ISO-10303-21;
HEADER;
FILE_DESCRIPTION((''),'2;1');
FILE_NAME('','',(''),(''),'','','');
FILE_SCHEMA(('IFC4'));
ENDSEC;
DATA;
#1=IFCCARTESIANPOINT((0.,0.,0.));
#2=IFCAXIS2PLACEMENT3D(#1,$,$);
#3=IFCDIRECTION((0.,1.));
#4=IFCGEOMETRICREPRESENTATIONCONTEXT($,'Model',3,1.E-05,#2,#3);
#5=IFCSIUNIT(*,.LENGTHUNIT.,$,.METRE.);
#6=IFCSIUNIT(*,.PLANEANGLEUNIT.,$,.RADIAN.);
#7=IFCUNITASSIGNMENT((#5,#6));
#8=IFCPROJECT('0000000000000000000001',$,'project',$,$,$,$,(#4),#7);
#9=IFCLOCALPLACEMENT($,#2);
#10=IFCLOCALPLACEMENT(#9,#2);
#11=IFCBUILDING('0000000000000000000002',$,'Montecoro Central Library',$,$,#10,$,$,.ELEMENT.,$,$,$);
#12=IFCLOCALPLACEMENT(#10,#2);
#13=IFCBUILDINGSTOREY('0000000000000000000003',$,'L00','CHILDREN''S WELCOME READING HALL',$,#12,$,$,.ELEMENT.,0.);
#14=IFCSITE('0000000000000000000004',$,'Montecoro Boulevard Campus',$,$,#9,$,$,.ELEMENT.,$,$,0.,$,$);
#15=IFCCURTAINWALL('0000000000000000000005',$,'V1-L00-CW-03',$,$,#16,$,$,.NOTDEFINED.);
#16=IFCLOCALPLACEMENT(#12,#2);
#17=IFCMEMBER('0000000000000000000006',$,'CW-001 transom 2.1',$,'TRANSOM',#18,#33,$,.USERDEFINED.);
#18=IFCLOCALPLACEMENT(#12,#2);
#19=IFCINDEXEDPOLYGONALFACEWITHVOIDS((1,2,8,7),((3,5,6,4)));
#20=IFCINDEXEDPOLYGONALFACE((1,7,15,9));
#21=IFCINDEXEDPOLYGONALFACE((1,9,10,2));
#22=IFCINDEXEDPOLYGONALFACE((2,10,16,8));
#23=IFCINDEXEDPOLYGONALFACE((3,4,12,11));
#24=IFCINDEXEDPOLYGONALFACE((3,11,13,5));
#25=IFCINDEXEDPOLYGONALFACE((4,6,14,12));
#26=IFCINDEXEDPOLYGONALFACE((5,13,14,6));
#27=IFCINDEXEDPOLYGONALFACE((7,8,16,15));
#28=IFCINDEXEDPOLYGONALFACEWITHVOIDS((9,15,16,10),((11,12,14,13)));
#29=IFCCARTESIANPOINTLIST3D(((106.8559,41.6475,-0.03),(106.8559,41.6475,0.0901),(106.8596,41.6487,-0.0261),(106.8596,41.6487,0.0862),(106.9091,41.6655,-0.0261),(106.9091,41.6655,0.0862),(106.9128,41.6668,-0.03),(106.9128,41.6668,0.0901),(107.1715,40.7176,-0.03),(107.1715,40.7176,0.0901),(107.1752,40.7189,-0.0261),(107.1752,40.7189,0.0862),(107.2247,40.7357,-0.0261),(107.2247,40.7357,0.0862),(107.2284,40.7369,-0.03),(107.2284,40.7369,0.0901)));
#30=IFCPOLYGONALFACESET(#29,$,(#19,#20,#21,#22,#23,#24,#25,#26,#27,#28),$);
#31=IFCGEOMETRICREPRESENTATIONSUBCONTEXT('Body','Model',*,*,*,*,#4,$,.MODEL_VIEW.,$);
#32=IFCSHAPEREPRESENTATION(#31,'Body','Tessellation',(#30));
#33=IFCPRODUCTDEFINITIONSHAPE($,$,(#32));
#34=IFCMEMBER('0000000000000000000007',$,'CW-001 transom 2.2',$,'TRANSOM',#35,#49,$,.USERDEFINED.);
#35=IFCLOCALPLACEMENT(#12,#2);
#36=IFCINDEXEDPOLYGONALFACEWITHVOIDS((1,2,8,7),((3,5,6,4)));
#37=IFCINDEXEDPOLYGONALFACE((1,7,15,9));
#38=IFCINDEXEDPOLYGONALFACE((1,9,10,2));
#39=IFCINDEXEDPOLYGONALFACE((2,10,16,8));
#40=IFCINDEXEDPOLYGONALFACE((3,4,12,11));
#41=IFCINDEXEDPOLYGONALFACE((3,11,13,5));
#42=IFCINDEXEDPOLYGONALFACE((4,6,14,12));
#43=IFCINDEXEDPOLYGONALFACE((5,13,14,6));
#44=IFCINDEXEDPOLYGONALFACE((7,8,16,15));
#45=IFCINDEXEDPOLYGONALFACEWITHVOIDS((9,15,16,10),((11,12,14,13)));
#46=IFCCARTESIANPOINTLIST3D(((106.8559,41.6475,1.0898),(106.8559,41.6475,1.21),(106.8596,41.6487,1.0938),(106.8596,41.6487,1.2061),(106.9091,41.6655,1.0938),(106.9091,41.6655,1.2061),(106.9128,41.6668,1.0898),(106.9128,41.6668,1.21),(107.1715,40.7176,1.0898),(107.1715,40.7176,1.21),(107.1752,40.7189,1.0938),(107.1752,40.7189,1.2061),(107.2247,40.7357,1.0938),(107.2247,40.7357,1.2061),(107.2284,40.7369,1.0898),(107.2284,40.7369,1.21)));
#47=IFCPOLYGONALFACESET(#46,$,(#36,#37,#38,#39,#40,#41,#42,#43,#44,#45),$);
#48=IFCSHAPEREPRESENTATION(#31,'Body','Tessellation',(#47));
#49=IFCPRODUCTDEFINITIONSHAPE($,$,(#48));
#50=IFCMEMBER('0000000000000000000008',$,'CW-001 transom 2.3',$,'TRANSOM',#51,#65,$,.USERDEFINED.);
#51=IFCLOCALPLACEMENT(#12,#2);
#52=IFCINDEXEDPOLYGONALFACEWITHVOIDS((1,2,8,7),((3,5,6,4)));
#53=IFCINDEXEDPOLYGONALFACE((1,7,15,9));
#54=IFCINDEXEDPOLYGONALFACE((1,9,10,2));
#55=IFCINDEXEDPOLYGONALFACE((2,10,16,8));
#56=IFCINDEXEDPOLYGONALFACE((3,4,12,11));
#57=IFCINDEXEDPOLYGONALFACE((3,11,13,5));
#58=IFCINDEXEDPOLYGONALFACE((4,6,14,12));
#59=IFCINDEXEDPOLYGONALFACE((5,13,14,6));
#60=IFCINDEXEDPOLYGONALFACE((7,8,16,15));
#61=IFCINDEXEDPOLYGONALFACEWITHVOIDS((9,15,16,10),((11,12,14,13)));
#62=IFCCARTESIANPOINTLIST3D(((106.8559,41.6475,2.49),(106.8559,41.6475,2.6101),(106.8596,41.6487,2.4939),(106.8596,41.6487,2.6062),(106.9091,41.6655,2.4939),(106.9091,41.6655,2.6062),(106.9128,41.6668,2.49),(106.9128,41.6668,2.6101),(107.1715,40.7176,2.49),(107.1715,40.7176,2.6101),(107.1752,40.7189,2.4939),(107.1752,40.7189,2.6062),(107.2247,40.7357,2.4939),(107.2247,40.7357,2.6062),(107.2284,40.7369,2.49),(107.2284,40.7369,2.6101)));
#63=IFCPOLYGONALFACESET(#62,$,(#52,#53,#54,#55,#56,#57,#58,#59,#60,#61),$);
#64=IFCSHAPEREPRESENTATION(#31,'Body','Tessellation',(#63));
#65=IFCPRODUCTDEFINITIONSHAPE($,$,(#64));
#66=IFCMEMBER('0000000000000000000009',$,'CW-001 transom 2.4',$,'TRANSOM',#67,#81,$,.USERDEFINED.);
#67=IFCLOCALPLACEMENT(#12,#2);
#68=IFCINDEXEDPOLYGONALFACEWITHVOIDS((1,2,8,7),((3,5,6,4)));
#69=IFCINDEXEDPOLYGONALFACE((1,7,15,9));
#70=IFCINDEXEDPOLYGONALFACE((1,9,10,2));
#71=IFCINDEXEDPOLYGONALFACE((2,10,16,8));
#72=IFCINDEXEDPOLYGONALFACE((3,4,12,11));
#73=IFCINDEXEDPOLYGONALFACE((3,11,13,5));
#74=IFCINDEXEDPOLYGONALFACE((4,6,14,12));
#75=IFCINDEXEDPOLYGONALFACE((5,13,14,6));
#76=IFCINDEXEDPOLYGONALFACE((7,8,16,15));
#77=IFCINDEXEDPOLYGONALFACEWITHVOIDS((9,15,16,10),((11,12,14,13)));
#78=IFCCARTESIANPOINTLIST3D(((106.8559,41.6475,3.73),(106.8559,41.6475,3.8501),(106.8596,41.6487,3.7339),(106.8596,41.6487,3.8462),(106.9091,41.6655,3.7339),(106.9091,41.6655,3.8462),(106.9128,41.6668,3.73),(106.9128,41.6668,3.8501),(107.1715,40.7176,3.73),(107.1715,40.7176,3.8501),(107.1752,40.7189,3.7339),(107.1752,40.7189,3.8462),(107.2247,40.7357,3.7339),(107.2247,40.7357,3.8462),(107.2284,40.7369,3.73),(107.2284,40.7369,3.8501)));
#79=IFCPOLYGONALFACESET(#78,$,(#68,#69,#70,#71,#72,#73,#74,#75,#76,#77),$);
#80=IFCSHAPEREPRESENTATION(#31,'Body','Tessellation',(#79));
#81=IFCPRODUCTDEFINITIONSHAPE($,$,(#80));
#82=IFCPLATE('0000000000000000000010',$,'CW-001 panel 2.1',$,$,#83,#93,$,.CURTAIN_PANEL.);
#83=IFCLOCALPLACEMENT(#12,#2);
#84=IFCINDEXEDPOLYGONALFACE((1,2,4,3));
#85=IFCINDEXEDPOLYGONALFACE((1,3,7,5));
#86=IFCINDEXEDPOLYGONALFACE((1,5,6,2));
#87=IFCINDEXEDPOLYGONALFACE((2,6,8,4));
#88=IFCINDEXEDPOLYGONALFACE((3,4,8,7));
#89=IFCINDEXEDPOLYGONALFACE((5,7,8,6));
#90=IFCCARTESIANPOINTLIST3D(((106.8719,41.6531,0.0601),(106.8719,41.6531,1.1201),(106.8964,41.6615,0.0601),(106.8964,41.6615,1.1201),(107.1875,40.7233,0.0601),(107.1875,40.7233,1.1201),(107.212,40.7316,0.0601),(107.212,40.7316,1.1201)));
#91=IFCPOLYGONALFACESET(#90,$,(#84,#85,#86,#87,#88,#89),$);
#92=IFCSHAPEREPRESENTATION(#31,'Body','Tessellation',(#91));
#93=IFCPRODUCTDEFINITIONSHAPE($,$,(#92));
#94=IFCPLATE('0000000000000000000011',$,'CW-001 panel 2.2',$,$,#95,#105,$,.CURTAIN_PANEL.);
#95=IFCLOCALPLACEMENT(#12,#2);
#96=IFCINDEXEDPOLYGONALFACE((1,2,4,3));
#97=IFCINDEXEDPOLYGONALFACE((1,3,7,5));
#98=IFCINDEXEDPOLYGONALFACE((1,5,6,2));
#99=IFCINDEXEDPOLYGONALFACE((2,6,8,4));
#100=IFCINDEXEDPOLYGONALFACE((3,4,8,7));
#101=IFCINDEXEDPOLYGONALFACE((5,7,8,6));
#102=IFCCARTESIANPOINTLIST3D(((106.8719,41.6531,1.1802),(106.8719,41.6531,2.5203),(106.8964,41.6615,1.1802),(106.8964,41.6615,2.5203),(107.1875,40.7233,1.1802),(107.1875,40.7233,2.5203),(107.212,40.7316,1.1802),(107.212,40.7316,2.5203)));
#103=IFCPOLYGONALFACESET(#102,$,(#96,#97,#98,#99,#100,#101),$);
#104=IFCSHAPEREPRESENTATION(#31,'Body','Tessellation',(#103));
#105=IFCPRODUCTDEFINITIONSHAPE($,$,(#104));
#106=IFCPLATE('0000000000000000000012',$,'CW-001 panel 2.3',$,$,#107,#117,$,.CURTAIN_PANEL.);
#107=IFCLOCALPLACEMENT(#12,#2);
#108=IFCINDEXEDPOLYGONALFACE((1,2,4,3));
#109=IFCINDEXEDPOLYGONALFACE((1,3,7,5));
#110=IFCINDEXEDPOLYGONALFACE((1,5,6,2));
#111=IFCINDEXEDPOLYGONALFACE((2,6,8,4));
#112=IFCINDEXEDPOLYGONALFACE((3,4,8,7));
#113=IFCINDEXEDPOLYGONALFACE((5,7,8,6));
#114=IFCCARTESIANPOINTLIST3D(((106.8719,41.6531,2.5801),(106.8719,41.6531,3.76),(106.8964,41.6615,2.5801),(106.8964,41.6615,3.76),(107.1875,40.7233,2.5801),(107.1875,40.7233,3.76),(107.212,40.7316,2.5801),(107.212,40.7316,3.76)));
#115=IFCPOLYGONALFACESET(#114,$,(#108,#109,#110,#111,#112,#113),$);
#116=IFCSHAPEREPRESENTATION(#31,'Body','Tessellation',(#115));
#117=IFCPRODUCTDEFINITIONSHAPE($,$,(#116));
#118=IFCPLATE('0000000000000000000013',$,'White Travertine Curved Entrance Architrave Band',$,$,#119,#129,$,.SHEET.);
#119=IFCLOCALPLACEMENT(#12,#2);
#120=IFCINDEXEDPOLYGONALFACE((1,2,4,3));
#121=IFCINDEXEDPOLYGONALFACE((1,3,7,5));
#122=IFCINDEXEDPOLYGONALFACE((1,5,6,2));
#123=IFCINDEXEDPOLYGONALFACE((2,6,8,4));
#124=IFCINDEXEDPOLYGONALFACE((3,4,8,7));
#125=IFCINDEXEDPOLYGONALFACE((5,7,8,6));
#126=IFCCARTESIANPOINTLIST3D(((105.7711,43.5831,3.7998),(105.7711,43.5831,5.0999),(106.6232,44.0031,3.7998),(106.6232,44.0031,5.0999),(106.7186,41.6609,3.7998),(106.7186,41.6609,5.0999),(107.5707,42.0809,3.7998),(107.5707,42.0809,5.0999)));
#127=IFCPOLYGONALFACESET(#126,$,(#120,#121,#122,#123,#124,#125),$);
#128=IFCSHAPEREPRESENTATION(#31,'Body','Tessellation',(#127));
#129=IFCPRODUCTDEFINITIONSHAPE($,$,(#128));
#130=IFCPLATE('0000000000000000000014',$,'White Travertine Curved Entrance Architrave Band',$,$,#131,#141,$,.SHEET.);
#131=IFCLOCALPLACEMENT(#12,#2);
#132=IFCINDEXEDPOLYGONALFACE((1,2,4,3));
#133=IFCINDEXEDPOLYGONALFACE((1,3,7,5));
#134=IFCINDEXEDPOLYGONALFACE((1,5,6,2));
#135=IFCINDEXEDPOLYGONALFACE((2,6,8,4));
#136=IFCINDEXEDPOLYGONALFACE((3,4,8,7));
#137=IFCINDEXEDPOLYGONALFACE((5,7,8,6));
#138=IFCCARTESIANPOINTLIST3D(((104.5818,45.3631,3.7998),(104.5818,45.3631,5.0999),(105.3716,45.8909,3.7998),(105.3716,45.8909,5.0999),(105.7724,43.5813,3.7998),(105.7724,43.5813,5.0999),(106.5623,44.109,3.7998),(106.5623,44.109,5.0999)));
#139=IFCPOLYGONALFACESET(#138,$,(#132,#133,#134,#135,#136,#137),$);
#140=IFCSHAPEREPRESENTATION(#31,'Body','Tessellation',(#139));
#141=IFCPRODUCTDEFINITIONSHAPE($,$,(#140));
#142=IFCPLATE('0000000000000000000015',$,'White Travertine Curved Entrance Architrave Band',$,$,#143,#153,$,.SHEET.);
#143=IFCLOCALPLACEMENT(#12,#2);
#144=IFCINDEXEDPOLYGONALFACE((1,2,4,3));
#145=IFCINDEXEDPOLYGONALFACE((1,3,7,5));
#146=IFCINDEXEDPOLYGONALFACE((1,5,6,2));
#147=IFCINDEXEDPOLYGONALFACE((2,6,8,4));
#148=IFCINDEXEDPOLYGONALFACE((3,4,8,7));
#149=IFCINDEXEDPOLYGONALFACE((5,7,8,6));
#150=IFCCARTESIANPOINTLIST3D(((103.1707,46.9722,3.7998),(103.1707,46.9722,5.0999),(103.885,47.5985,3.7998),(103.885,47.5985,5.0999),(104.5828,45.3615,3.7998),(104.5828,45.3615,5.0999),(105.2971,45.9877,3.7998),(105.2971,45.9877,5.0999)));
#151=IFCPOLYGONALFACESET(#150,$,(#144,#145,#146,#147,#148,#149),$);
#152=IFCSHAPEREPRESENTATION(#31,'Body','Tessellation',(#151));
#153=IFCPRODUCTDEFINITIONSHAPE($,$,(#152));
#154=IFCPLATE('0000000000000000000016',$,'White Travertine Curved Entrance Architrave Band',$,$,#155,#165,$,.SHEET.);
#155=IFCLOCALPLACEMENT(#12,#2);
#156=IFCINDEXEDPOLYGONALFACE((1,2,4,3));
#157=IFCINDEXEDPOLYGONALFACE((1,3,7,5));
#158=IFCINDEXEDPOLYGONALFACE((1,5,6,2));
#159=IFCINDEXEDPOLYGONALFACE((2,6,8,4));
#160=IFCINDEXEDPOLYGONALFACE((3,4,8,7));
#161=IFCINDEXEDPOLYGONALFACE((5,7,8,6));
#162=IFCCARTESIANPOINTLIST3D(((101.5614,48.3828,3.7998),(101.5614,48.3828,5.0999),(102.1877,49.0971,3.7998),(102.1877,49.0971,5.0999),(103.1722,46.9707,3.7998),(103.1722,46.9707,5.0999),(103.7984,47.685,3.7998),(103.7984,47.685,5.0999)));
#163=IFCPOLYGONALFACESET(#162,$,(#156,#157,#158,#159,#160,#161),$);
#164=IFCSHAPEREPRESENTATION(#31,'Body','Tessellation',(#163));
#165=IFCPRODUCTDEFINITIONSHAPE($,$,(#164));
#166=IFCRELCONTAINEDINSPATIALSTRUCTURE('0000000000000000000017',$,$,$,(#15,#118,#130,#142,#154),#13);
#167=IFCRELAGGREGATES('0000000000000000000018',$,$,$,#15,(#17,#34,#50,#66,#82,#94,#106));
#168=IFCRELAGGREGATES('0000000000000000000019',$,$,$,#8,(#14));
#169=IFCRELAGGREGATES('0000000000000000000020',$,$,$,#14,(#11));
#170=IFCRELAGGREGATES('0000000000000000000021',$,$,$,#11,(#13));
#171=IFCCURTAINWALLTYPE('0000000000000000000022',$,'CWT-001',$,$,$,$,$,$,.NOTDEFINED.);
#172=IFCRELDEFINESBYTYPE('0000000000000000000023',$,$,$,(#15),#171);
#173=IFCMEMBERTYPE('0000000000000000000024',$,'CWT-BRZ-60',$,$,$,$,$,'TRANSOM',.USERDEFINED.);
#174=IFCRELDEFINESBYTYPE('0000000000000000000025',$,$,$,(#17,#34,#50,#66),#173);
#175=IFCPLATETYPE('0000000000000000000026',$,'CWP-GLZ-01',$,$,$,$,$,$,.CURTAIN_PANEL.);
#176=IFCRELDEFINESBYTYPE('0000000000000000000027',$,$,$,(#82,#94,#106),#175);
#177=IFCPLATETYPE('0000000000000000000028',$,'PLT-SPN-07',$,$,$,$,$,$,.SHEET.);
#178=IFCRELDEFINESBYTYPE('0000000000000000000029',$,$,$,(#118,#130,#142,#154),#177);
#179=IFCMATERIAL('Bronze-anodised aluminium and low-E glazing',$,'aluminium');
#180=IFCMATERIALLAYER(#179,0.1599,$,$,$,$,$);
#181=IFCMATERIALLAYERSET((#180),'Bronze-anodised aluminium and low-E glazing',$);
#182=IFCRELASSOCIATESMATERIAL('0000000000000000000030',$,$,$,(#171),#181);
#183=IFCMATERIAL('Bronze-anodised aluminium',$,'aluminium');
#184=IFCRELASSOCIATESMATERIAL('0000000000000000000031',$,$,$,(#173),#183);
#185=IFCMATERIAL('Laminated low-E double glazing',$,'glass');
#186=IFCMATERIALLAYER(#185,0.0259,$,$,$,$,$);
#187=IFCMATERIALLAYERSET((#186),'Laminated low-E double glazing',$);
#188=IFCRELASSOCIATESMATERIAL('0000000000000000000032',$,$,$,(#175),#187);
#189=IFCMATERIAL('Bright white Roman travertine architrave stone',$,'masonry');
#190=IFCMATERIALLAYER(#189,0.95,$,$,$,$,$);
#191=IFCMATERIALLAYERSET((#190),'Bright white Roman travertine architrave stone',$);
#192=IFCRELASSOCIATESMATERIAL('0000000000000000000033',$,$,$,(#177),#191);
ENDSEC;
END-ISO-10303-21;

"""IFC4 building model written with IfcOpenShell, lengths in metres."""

from ifc_helpers import new_model, si_unit, direction, frame, origin, origin_2d, place, context, subcontext, project, spatial, rectangle, hollow_rectangle, extrude, material, layer, layer_set, material_profile, profile_set, type_object, element, aggregate, save


model = new_model("IFC4")

# Units and contexts
model_context = context("Model", 3, precision=1e-05, world=origin(), true_north=direction((0.0, 1.0)))
body_context = subcontext(model_context, "Body", "Model", "MODEL_VIEW")
ifc_project = project(units=[si_unit("LENGTHUNIT", "METRE"), si_unit("PLANEANGLEUNIT", "RADIAN")], contexts=[model_context])

# Site, building, storey
site_placement = place(None, origin())
site = spatial("IfcSite", under=ifc_project, at=site_placement, Name="Montecoro Boulevard Campus", CompositionType="ELEMENT", RefElevation=0.0)
building_placement = place(site_placement, origin())
building = spatial("IfcBuilding", under=site, at=building_placement, Name="Montecoro Central Library", CompositionType="ELEMENT")
storey_placement = place(building_placement, origin())
storey = spatial("IfcBuildingStorey", under=building, at=storey_placement, Name="L00", Description="CHILDREN'S WELCOME READING HALL", CompositionType="ELEMENT", Elevation=0.0)

# Curtain wall, members, plates
ifc_material_1 = material(Name="Bronze-anodised aluminium and low-E glazing", Category="aluminium")
ifc_layer_1 = layer(ifc_material_1, 0.1599)
ifc_layer_set_1 = layer_set([ifc_layer_1], Name="Bronze-anodised aluminium and low-E glazing")
curtain_wall_type = type_object("IfcCurtainWallType", Name="CWT-001", PredefinedType="NOTDEFINED", material=ifc_layer_set_1)
curtain_wall_placement = place(storey_placement, origin())
curtain_wall = element("IfcCurtainWall", 1, at=curtain_wall_placement, inside=storey, type_object=curtain_wall_type, Name="V1-L00-CW-03", PredefinedType="NOTDEFINED")
ifc_material_2 = material(Name="Bronze-anodised aluminium", Category="aluminium")
ifc_material_profile_1 = material_profile(ifc_material_2, hollow_rectangle(XDim=0.0601, YDim=0.1201, WallThickness=0.0039, at=origin_2d()), Name="CWT 120x60x4.0")
ifc_profile_set_1 = profile_set([ifc_material_profile_1], Name="Bronze-anodised aluminium")
member_type_1 = type_object("IfcMemberType", Name="CWT-BRZ-60", ElementType="TRANSOM", PredefinedType="USERDEFINED", material=ifc_profile_set_1)
member_1_placement = place(storey_placement, frame((107.2, 40.7273, 0.03), z_axis=(-0.321444, 0.946929, 0.0), x_axis=(-0.946929, -0.321444, 0.0)))
member_1 = element("IfcMember", 2, at=member_1_placement, type_object=member_type_1, Name="CW-001 transom 2.1", ObjectType="TRANSOM", PredefinedType="USERDEFINED", context=body_context, shape_type="SweptSolid", body=[
    extrude(hollow_rectangle(XDim=0.0601, YDim=0.1201, WallThickness=0.0039, at=origin_2d()), origin(), (0.0, 0.0, 1.0), 0.9819),
])
member_2_placement = place(storey_placement, frame((107.2, 40.7273, 1.1499), z_axis=(-0.321444, 0.946929, 0.0), x_axis=(-0.946929, -0.321444, 0.0)))
member_2 = element("IfcMember", 3, at=member_2_placement, type_object=member_type_1, Name="CW-001 transom 2.2", ObjectType="TRANSOM", PredefinedType="USERDEFINED", context=body_context, shape_type="SweptSolid", body=[
    extrude(hollow_rectangle(XDim=0.0601, YDim=0.1201, WallThickness=0.0039, at=origin_2d()), origin(), (0.0, 0.0, 1.0), 0.9819),
])
member_3_placement = place(storey_placement, frame((107.2, 40.7273, 2.55), z_axis=(-0.321444, 0.946929, 0.0), x_axis=(-0.946929, -0.321444, 0.0)))
member_3 = element("IfcMember", 4, at=member_3_placement, type_object=member_type_1, Name="CW-001 transom 2.3", ObjectType="TRANSOM", PredefinedType="USERDEFINED", context=body_context, shape_type="SweptSolid", body=[
    extrude(hollow_rectangle(XDim=0.0601, YDim=0.1201, WallThickness=0.0039, at=origin_2d()), origin(), (0.0, 0.0, 1.0), 0.9819),
])
member_4_placement = place(storey_placement, frame((107.2, 40.7273, 3.79), z_axis=(-0.321444, 0.946929, 0.0), x_axis=(-0.946929, -0.321444, 0.0)))
member_4 = element("IfcMember", 5, at=member_4_placement, type_object=member_type_1, Name="CW-001 transom 2.4", ObjectType="TRANSOM", PredefinedType="USERDEFINED", context=body_context, shape_type="SweptSolid", body=[
    extrude(hollow_rectangle(XDim=0.0601, YDim=0.1201, WallThickness=0.0039, at=origin_2d()), origin(), (0.0, 0.0, 1.0), 0.9819),
])
ifc_material_3 = material(Name="Laminated low-E double glazing", Category="glass")
ifc_layer_2 = layer(ifc_material_3, 0.0259)
ifc_layer_set_2 = layer_set([ifc_layer_2], Name="Laminated low-E double glazing")
plate_type_1 = type_object("IfcPlateType", Name="CWP-GLZ-01", PredefinedType="CURTAIN_PANEL", material=ifc_layer_set_2)
plate_1_placement = place(storey_placement, frame((107.042, 41.1924, 0.0601), z_axis=(0.0, 0.0, 1.0), x_axis=(-0.321401, 0.946943, 0.0)))
plate_1 = element("IfcPlate", 6, at=plate_1_placement, type_object=plate_type_1, Name="CW-001 panel 2.1", PredefinedType="CURTAIN_PANEL", context=body_context, shape_type="SweptSolid", body=[
    extrude(rectangle(XDim=0.9819, YDim=0.0259, at=origin_2d()), origin(), (0.0, 0.0, 1.0), 1.0601),
])
plate_2_placement = place(storey_placement, frame((107.042, 41.1924, 1.1802), z_axis=(0.0, 0.0, 1.0), x_axis=(-0.321401, 0.946943, 0.0)))
plate_2 = element("IfcPlate", 7, at=plate_2_placement, type_object=plate_type_1, Name="CW-001 panel 2.2", PredefinedType="CURTAIN_PANEL", context=body_context, shape_type="SweptSolid", body=[
    extrude(rectangle(XDim=0.9819, YDim=0.0259, at=origin_2d()), origin(), (0.0, 0.0, 1.0), 1.3401),
])
plate_3_placement = place(storey_placement, frame((107.042, 41.1924, 2.5801), z_axis=(0.0, 0.0, 1.0), x_axis=(-0.321401, 0.946943, 0.0)))
plate_3 = element("IfcPlate", 8, at=plate_3_placement, type_object=plate_type_1, Name="CW-001 panel 2.3", PredefinedType="CURTAIN_PANEL", context=body_context, shape_type="SweptSolid", body=[
    extrude(rectangle(XDim=0.9819, YDim=0.0259, at=origin_2d()), origin(), (0.0, 0.0, 1.0), 1.1799),
])
aggregate(curtain_wall, [member_1, member_2, member_3, member_4, plate_1, plate_2, plate_3])

# Plates
ifc_material_4 = material(Name="Bright white Roman travertine architrave stone", Category="masonry")
ifc_layer_3 = layer(ifc_material_4, 0.95)
ifc_layer_set_3 = layer_set([ifc_layer_3], Name="Bright white Roman travertine architrave stone")
plate_type_2 = type_object("IfcPlateType", Name="PLT-SPN-07", PredefinedType="SHEET", material=ifc_layer_set_3)
for number, where, z_axis, x_axis, name in (
    (9, (106.6709, 42.832, 3.7998), (0.0, 0.0, 1.0), (-0.442132, 0.89695, 0.0), "White Travertine Curved Entrance Architrave Band"),
    (10, (105.572, 44.7361, 3.7998), (0.0, 0.0, 1.0), (-0.55557, 0.83147, 0.0), "White Travertine Curved Entrance Architrave Band"),
):
    element("IfcPlate", number, at=place(storey_placement, frame(where, z_axis=z_axis, x_axis=x_axis)), inside=storey, type_object=plate_type_2, Name=name, PredefinedType="SHEET", context=body_context, shape_type="SweptSolid", body=[
        extrude(rectangle(XDim=2.1431, YDim=0.95, at=origin_2d()), origin(), (0.0, 0.0, 1.0), 1.3),
    ])
for number, where, z_axis, x_axis, name in (
    (11, (104.2339, 46.48, 3.7998), (0.0, 0.0, 1.0), (-0.659215, 0.751955, 0.0), "White Travertine Curved Entrance Architrave Band"),
    (12, (102.6799, 48.0339, 3.7998), (0.0, 0.0, 1.0), (-0.751955, 0.659215, 0.0), "White Travertine Curved Entrance Architrave Band"),
):
    element("IfcPlate", number, at=place(storey_placement, frame(where, z_axis=z_axis, x_axis=x_axis)), inside=storey, type_object=plate_type_2, Name=name, PredefinedType="SHEET", context=body_context, shape_type="SweptSolid", body=[
        extrude(rectangle(XDim=2.1421, YDim=0.95, at=origin_2d()), origin(), (0.0, 0.0, 1.0), 1.3),
    ])

save(model, "model.ifc")
